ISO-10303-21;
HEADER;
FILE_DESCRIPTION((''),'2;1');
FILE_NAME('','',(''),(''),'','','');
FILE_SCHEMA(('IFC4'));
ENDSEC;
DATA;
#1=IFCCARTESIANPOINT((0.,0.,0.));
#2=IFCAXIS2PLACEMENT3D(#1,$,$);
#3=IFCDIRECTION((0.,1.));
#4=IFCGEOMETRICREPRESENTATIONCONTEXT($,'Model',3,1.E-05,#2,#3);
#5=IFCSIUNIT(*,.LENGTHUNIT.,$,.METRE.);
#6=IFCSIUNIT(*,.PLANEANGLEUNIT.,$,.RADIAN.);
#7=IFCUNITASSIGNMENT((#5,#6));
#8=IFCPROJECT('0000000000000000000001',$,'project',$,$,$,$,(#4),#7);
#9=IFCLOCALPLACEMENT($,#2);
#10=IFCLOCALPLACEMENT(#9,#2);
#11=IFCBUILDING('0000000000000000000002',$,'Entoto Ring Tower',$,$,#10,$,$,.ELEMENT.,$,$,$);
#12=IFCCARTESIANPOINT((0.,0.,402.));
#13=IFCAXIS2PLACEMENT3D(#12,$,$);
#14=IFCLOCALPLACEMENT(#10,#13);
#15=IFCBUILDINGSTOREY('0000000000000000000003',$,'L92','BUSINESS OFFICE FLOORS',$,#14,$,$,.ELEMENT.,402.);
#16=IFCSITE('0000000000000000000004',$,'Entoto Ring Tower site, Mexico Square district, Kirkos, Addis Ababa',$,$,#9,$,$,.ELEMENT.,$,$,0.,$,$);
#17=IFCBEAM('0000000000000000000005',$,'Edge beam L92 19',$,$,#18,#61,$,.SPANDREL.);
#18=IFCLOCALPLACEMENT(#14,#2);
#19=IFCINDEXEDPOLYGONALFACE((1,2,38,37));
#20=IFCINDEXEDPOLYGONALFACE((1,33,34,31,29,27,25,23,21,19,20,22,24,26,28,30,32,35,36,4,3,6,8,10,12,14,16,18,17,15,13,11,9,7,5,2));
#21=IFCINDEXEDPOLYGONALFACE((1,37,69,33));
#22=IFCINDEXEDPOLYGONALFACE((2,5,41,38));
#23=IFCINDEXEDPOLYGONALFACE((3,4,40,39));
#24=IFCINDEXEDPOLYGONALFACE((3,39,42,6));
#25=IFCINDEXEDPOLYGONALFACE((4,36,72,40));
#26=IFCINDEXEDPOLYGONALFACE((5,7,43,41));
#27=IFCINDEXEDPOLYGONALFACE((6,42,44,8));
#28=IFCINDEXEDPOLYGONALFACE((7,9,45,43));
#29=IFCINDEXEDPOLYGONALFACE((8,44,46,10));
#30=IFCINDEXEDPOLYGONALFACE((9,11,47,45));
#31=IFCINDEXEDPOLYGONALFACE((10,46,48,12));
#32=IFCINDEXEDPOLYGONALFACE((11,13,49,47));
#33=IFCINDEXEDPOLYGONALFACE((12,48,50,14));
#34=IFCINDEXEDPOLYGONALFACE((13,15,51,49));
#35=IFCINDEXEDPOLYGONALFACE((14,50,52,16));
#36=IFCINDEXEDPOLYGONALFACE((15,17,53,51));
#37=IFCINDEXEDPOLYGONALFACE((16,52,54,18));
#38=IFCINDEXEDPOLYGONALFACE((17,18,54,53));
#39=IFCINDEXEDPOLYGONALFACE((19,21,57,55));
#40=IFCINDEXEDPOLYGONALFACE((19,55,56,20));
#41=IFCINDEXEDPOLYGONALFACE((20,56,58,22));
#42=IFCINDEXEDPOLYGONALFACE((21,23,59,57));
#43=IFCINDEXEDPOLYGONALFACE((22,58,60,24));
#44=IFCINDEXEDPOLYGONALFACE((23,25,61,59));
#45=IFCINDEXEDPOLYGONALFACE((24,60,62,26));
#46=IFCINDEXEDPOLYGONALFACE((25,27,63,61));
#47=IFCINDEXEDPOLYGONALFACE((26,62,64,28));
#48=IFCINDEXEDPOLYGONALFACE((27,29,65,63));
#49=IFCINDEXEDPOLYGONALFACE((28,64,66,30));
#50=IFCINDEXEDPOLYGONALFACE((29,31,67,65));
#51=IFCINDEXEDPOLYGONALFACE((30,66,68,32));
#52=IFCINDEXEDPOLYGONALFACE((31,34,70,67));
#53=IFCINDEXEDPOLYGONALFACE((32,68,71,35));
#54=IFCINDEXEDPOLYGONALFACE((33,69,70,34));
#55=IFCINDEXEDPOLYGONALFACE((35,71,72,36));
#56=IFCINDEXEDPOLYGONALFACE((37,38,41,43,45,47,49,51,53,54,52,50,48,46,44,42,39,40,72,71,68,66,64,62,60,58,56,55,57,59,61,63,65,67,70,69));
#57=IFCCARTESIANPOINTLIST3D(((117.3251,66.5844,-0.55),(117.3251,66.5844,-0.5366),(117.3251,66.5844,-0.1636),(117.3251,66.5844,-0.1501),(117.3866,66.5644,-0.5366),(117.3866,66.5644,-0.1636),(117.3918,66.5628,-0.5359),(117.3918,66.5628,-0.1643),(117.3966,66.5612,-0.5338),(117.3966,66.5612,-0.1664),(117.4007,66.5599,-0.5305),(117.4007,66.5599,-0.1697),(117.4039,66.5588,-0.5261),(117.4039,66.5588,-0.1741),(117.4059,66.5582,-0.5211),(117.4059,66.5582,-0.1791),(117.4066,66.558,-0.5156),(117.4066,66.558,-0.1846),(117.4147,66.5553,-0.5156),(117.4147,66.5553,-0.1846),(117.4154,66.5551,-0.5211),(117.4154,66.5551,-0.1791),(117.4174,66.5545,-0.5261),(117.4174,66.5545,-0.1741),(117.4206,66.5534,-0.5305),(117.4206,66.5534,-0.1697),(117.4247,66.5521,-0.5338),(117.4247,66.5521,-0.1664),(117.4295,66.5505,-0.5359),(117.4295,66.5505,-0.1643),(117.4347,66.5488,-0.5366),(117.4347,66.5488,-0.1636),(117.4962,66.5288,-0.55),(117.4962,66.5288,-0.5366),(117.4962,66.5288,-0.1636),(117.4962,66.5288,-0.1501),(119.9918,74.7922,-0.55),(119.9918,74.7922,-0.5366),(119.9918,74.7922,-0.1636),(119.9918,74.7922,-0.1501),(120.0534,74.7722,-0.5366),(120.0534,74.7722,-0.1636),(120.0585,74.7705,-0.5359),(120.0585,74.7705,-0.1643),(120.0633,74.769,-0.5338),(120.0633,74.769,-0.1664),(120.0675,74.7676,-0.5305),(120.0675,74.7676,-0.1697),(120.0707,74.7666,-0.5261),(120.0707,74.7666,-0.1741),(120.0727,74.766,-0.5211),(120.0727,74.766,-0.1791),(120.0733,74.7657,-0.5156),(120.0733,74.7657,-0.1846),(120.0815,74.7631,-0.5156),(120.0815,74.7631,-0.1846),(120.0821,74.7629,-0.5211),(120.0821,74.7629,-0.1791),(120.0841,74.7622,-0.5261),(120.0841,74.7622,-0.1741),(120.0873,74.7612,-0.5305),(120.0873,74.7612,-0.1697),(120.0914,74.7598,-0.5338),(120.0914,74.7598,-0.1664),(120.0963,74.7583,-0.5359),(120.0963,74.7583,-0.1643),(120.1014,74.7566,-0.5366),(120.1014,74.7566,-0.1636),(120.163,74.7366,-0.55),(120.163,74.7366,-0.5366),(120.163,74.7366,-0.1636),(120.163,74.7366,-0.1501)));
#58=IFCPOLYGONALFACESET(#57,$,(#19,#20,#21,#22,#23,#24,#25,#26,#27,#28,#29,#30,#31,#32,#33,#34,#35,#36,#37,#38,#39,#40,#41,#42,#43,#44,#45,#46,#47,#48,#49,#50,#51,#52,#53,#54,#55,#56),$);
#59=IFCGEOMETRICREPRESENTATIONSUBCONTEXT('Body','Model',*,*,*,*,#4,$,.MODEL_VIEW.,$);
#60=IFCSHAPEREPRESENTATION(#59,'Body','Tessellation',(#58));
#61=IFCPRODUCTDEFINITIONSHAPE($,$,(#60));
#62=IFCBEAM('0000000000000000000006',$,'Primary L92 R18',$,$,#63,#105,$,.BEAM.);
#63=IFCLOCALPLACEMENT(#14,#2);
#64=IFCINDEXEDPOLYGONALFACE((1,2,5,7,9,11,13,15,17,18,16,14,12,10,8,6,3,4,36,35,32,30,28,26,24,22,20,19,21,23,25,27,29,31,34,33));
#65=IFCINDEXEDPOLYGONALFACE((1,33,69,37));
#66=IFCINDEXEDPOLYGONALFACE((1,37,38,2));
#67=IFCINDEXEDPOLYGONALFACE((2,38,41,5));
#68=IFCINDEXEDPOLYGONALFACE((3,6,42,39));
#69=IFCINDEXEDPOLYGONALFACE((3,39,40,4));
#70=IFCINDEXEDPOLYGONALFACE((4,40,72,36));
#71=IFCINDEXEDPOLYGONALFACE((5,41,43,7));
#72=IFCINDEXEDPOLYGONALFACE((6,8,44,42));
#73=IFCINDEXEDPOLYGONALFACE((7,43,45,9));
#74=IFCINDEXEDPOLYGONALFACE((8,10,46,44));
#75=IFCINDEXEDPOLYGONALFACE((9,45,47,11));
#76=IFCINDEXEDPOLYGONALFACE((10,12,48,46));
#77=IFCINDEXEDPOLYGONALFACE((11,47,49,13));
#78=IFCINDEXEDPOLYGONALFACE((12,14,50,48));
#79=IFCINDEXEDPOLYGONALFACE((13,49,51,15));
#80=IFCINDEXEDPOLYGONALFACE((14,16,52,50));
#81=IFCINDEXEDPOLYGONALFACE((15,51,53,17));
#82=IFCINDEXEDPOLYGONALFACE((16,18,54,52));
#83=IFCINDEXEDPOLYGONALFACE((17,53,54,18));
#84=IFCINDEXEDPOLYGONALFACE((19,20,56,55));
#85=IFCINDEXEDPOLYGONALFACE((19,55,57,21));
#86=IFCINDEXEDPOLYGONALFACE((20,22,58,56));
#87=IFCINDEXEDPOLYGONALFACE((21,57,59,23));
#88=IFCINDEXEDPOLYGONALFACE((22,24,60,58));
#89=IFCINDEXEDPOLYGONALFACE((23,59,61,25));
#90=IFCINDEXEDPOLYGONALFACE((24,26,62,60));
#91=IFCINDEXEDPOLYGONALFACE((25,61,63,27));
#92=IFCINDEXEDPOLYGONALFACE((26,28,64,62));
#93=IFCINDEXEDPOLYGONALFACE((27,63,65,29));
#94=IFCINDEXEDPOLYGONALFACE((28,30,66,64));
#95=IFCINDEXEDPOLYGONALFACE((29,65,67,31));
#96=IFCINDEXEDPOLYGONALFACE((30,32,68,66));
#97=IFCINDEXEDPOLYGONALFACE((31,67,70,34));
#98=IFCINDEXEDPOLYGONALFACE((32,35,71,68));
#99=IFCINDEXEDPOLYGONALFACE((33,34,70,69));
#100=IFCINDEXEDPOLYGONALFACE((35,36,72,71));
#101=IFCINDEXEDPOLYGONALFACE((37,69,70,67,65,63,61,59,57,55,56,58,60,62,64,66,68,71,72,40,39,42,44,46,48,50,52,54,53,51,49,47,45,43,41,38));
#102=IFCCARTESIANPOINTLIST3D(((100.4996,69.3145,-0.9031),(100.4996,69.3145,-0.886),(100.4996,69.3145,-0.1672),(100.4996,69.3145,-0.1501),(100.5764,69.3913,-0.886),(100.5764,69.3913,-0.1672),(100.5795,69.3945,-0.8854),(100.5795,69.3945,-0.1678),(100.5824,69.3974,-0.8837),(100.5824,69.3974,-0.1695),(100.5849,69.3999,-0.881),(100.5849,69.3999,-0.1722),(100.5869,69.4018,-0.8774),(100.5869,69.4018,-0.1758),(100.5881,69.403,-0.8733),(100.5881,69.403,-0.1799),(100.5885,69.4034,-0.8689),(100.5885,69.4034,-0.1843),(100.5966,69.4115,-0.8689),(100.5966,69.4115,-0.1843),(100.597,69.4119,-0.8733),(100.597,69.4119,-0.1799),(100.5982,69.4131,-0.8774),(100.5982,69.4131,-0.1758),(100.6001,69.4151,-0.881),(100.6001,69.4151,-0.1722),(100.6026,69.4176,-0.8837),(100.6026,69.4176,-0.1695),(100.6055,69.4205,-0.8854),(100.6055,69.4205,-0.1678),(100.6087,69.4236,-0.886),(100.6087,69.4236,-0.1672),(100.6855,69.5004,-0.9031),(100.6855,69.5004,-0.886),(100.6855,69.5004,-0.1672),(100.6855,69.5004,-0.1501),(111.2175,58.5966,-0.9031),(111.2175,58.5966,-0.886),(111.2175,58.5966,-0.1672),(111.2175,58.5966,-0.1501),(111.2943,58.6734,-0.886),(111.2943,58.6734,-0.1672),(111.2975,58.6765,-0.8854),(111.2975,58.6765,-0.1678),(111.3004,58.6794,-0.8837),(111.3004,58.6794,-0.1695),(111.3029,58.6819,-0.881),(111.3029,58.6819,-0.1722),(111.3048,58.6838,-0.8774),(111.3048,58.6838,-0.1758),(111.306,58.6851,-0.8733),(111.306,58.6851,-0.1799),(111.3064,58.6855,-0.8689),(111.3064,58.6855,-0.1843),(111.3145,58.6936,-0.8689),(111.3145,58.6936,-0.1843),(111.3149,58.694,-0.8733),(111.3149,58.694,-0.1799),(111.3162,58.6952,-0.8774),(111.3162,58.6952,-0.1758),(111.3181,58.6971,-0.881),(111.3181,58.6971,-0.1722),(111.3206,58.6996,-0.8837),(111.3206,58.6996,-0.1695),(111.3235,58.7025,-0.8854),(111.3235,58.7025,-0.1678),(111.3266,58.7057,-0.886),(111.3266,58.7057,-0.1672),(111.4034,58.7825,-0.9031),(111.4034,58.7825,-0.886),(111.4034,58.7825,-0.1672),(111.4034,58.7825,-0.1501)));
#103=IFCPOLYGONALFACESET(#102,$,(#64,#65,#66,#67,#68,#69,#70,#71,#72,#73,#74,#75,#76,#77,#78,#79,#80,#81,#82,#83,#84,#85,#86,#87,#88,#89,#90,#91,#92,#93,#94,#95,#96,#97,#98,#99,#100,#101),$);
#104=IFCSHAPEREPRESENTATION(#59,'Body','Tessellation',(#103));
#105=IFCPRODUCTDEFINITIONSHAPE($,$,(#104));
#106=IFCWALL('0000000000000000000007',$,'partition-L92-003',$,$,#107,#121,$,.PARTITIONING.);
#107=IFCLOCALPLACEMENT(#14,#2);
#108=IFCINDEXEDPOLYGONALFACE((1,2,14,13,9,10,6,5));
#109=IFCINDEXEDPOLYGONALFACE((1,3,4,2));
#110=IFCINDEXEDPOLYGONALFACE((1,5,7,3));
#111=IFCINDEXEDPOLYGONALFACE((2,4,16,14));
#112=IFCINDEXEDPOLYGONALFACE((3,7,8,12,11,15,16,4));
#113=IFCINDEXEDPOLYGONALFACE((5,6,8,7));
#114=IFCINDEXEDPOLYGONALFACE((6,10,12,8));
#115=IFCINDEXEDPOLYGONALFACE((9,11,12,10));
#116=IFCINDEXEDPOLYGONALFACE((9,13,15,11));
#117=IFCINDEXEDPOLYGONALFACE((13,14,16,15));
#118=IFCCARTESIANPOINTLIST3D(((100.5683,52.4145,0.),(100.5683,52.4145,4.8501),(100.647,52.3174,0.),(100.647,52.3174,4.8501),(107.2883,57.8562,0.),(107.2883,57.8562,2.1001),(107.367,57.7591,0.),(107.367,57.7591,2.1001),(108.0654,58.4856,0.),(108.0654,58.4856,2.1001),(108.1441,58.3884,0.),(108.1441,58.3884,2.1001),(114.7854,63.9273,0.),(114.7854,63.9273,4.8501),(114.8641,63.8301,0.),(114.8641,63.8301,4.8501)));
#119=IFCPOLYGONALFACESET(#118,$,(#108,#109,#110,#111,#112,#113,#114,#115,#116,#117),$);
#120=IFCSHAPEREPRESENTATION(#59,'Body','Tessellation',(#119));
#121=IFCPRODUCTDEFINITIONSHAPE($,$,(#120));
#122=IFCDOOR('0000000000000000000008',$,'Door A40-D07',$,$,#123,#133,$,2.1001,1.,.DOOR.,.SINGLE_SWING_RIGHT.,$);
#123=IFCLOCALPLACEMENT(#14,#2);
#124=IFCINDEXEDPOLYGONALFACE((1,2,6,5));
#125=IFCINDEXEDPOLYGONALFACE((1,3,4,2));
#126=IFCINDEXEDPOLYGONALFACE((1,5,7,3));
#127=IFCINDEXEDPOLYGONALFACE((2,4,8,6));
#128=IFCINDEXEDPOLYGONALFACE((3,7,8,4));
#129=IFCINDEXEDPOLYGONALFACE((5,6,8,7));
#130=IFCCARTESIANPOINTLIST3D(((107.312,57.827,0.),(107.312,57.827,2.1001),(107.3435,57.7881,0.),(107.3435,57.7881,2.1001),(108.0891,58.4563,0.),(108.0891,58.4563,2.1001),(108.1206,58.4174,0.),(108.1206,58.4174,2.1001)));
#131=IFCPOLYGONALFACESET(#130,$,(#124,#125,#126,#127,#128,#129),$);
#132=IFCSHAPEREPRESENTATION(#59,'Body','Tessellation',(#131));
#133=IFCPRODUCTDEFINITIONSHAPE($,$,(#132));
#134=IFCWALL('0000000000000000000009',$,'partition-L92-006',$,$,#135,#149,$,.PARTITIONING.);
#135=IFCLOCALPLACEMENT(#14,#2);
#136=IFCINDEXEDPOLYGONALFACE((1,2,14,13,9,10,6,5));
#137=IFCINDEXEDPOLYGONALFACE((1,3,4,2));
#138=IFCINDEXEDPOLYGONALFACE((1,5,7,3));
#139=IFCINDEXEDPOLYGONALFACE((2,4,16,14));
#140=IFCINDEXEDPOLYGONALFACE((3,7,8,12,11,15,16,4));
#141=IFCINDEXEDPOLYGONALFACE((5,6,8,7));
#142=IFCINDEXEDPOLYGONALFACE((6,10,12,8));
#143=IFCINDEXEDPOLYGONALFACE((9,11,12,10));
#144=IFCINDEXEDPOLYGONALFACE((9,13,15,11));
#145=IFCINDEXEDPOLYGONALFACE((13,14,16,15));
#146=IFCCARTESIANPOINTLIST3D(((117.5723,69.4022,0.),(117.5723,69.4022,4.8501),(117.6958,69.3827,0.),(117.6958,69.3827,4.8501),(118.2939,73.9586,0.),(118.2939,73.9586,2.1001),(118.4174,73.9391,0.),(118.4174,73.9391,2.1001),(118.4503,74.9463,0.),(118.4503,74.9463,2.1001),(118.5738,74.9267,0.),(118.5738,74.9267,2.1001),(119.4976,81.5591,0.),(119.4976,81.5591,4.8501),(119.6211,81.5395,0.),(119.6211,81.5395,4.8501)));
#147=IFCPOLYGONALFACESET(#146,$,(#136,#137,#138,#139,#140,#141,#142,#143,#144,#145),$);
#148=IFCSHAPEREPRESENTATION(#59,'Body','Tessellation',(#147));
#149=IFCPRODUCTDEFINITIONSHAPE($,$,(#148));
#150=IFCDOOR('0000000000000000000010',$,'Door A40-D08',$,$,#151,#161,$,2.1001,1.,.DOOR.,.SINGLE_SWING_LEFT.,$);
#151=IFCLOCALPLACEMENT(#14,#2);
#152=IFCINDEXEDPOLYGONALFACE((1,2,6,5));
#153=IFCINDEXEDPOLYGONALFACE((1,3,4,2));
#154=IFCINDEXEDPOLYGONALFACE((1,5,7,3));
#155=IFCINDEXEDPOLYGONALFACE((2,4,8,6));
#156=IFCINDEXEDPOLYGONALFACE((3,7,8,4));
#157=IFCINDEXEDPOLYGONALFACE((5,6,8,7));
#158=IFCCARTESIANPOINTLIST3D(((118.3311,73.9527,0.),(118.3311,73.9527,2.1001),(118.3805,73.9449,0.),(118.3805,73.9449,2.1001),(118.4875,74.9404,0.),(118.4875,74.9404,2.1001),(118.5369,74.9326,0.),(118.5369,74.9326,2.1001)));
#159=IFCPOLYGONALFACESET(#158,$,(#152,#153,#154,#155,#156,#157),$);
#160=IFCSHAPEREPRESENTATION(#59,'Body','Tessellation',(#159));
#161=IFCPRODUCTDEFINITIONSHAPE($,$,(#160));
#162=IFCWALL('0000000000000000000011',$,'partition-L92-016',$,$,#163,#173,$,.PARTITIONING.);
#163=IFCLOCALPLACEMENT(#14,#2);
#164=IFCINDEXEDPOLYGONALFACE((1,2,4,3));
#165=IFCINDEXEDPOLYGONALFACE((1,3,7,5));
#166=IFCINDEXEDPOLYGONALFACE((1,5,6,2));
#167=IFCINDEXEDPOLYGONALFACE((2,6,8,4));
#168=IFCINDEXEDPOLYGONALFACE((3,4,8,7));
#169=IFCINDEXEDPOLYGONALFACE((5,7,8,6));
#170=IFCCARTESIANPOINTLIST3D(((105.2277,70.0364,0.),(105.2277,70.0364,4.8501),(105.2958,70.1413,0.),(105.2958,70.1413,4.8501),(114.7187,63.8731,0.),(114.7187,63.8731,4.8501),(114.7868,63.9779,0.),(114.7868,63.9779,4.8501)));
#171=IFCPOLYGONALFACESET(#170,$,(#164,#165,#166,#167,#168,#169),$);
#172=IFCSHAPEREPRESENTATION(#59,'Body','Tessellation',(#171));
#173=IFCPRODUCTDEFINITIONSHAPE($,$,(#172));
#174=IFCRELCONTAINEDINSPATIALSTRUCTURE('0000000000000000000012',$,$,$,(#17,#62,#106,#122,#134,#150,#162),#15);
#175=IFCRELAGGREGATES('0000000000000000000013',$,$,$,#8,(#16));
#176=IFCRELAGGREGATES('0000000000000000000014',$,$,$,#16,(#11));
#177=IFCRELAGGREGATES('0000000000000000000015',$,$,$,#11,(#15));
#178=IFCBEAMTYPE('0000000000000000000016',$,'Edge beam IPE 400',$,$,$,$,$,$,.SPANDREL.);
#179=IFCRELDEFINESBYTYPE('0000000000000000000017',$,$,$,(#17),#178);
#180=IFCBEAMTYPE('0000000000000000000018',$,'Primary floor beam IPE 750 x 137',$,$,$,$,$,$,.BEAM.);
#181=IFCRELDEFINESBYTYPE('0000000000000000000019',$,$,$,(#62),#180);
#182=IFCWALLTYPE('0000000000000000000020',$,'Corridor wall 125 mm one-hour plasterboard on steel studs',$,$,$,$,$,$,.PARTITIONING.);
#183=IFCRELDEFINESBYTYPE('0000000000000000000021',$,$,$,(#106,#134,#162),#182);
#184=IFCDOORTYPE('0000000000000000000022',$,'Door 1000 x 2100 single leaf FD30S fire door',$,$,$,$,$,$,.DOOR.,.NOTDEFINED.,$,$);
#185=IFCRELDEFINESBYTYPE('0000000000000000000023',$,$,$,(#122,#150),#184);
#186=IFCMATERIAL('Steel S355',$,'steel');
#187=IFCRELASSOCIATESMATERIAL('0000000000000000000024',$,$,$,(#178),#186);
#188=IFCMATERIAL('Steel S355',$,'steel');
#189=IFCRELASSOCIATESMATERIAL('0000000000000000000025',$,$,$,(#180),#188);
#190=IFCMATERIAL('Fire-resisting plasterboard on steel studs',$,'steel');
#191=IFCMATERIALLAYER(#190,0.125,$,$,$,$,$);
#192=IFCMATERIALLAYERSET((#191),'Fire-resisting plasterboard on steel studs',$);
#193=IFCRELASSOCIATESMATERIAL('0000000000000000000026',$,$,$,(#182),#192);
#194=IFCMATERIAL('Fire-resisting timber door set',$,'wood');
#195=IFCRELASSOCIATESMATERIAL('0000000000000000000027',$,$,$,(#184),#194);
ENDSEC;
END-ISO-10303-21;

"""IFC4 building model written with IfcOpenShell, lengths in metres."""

from ifc_helpers import new_model, si_unit, direction, frame, frame_2d, origin, origin_2d, place, context, subcontext, project, spatial, rectangle, i_section, extrude, material, layer, layer_set, material_profile, profile_set, type_object, element, fill, save


model = new_model("IFC4")

# Units and contexts
model_context = context("Model", 3, precision=1e-05, world=origin(), true_north=direction((0.0, 1.0)))
body_context = subcontext(model_context, "Body", "Model", "MODEL_VIEW")
ifc_project = project(units=[si_unit("LENGTHUNIT", "METRE"), si_unit("PLANEANGLEUNIT", "RADIAN")], contexts=[model_context])

# Site, building, storey
site_placement = place(None, origin())
site = spatial("IfcSite", under=ifc_project, at=site_placement, Name="Entoto Ring Tower site, Mexico Square district, Kirkos, Addis Ababa", CompositionType="ELEMENT", RefElevation=0.0)
building_placement = place(site_placement, origin())
building = spatial("IfcBuilding", under=site, at=building_placement, Name="Entoto Ring Tower", CompositionType="ELEMENT")
storey_placement = place(building_placement, frame((0.0, 0.0, 402.0)))
storey = spatial("IfcBuildingStorey", under=building, at=storey_placement, Name="L92", Description="BUSINESS OFFICE FLOORS", CompositionType="ELEMENT", Elevation=402.0)

# Beams
ifc_material_1 = material(Name="Steel S355", Category="steel")
ifc_material_profile_1 = material_profile(ifc_material_1, i_section(OverallWidth=0.1799, OverallDepth=0.3999, WebThickness=0.0085, FlangeThickness=0.0134, FilletRadius=0.021, at=origin_2d()), Name="IPE 400")
ifc_profile_set_1 = profile_set([ifc_material_profile_1], Name="Steel S355")
beam_type_1 = type_object("IfcBeamType", Name="Edge beam IPE 400", PredefinedType="SPANDREL", material=ifc_profile_set_1)
beam_1_placement = place(storey_placement, frame((117.4106, 66.5566, -0.3501), z_axis=(0.309005, 0.95106, 0.0), x_axis=(-0.95106, 0.309005, 0.0)))
element("IfcBeam", 1, at=beam_1_placement, inside=storey, type_object=beam_type_1, Name="Edge beam L92 19", PredefinedType="SPANDREL", context=body_context, shape_type="SweptSolid", body=[
    extrude(i_section(OverallWidth=0.1799, OverallDepth=0.3999, WebThickness=0.0085, FlangeThickness=0.0134, FilletRadius=0.021, at=origin_2d()), origin(), (0.0, 0.0, 1.0), 8.6301),
])
ifc_material_2 = material(Name="Steel S355", Category="steel")
ifc_material_profile_2 = material_profile(ifc_material_2, i_section(OverallWidth=0.2629, OverallDepth=0.7529, WebThickness=0.0115, FlangeThickness=0.0171, FilletRadius=0.0171, at=origin_2d()), Name="IPE 750 x 137")
ifc_profile_set_2 = profile_set([ifc_material_profile_2], Name="Steel S355")
beam_type_2 = type_object("IfcBeamType", Name="Primary floor beam IPE 750 x 137", PredefinedType="BEAM", material=ifc_profile_set_2)
beam_2_placement = place(storey_placement, frame((100.5925, 69.4075, -0.5266), z_axis=(0.707107, -0.707107, 0.0), x_axis=(0.707107, 0.707107, 0.0)))
element("IfcBeam", 2, at=beam_2_placement, inside=storey, type_object=beam_type_2, Name="Primary L92 R18", PredefinedType="BEAM", context=body_context, shape_type="SweptSolid", body=[
    extrude(i_section(OverallWidth=0.2629, OverallDepth=0.7529, WebThickness=0.0115, FlangeThickness=0.0171, FilletRadius=0.0171, at=origin_2d()), origin(), (0.0, 0.0, 1.0), 15.1575),
])

# Walls, openings, doors
ifc_material_3 = material(Name="Fire-resisting plasterboard on steel studs", Category="steel")
ifc_layer = layer(ifc_material_3, 0.125)
ifc_layer_set = layer_set([ifc_layer], Name="Fire-resisting plasterboard on steel studs")
wall_type = type_object("IfcWallType", Name="Corridor wall 125 mm one-hour plasterboard on steel studs", PredefinedType="PARTITIONING", material=ifc_layer_set)
wall_1_placement = place(storey_placement, frame((100.6077, 52.366, 0.0), z_axis=(0.0, 0.0, 1.0), x_axis=(0.777147, 0.629319, 0.0)))
wall_1 = element("IfcWall", 3, at=wall_1_placement, inside=storey, type_object=wall_type, Name="partition-L92-003", PredefinedType="PARTITIONING", context=body_context, shape_type="SweptSolid", body=[
    extrude(rectangle(XDim=18.2939, YDim=0.125, at=frame_2d((9.147, 0.0))), origin(), (0.0, 0.0, 1.0), 4.8501),
])
opening_1_placement = place(wall_1_placement, frame((8.647, 0.0, 0.0)))
opening_1 = element("IfcOpeningElement", 4, at=opening_1_placement, cuts=wall_1, PredefinedType="OPENING", context=body_context, shape_type="SweptSolid", body=[
    extrude(rectangle(XDim=1.0, YDim=2.1001, at=frame_2d((0.5, 1.05))), frame((0.0, 0.0725, 0.0), z_axis=(0.0, -1.0, 0.0), x_axis=(1.0, 0.0, 0.0)), (0.0, 0.0, 1.0), 0.145),
])
ifc_material_4 = material(Name="Fire-resisting timber door set", Category="wood")
door_type = type_object("IfcDoorType", Name="Door 1000 x 2100 single leaf FD30S fire door", OperationType="NOTDEFINED", PredefinedType="DOOR", material=ifc_material_4)
door_1_placement = place(opening_1_placement, origin())
door_1 = element("IfcDoor", 5, at=door_1_placement, inside=storey, type_object=door_type, Name="Door A40-D07", OperationType="SINGLE_SWING_RIGHT", OverallHeight=2.1001, OverallWidth=1.0, PredefinedType="DOOR", context=body_context, shape_type="SweptSolid", body=[
    extrude(rectangle(XDim=1.0, YDim=2.1001, at=frame_2d((0.5, 1.05))), frame((0.0, 0.0249, 0.0), z_axis=(0.0, -1.0, 0.0), x_axis=(1.0, 0.0, 0.0)), (0.0, 0.0, 1.0), 0.05),
])
fill(opening_1, door_1)
wall_2_placement = place(storey_placement, frame((117.634, 69.3923, 0.0), z_axis=(0.0, 0.0, 1.0), x_axis=(0.156423, 0.98769, 0.0)))
wall_2 = element("IfcWall", 6, at=wall_2_placement, inside=storey, type_object=wall_type, Name="partition-L92-006", PredefinedType="PARTITIONING", context=body_context, shape_type="SweptSolid", body=[
    extrude(rectangle(XDim=12.3083, YDim=0.125, at=frame_2d((6.1543, 0.0))), origin(), (0.0, 0.0, 1.0), 4.8501),
])
opening_2_placement = place(wall_2_placement, frame((4.6133, 0.0, 0.0)))
opening_2 = element("IfcOpeningElement", 7, at=opening_2_placement, cuts=wall_2, PredefinedType="OPENING", context=body_context, shape_type="SweptSolid", body=[
    extrude(rectangle(XDim=1.0, YDim=2.1001, at=frame_2d((0.5, 1.05))), frame((0.0, 0.0725, 0.0), z_axis=(0.0, -1.0, 0.0), x_axis=(1.0, 0.0, 0.0)), (0.0, 0.0, 1.0), 0.145),
])
door_2_placement = place(opening_2_placement, origin())
door_2 = element("IfcDoor", 8, at=door_2_placement, inside=storey, type_object=door_type, Name="Door A40-D08", OperationType="SINGLE_SWING_LEFT", OverallHeight=2.1001, OverallWidth=1.0, PredefinedType="DOOR", context=body_context, shape_type="SweptSolid", body=[
    extrude(rectangle(XDim=1.0, YDim=2.1001, at=frame_2d((0.5, 1.05))), frame((0.0, 0.0249, 0.0), z_axis=(0.0, -1.0, 0.0), x_axis=(1.0, 0.0, 0.0)), (0.0, 0.0, 1.0), 0.05),
])
fill(opening_2, door_2)

# Wall
wall_3_placement = place(storey_placement, frame((114.7527, 63.9255, 0.0), z_axis=(0.0, 0.0, 1.0), x_axis=(-0.838678, 0.544628, 0.0)))
element("IfcWall", 9, at=wall_3_placement, inside=storey, type_object=wall_type, Name="partition-L92-016", PredefinedType="PARTITIONING", context=body_context, shape_type="SweptSolid", body=[
    extrude(rectangle(XDim=11.3167, YDim=0.125, at=frame_2d((5.6582, 0.0))), origin(), (0.0, 0.0, 1.0), 4.8501),
])

save(model, "model.ifc")
